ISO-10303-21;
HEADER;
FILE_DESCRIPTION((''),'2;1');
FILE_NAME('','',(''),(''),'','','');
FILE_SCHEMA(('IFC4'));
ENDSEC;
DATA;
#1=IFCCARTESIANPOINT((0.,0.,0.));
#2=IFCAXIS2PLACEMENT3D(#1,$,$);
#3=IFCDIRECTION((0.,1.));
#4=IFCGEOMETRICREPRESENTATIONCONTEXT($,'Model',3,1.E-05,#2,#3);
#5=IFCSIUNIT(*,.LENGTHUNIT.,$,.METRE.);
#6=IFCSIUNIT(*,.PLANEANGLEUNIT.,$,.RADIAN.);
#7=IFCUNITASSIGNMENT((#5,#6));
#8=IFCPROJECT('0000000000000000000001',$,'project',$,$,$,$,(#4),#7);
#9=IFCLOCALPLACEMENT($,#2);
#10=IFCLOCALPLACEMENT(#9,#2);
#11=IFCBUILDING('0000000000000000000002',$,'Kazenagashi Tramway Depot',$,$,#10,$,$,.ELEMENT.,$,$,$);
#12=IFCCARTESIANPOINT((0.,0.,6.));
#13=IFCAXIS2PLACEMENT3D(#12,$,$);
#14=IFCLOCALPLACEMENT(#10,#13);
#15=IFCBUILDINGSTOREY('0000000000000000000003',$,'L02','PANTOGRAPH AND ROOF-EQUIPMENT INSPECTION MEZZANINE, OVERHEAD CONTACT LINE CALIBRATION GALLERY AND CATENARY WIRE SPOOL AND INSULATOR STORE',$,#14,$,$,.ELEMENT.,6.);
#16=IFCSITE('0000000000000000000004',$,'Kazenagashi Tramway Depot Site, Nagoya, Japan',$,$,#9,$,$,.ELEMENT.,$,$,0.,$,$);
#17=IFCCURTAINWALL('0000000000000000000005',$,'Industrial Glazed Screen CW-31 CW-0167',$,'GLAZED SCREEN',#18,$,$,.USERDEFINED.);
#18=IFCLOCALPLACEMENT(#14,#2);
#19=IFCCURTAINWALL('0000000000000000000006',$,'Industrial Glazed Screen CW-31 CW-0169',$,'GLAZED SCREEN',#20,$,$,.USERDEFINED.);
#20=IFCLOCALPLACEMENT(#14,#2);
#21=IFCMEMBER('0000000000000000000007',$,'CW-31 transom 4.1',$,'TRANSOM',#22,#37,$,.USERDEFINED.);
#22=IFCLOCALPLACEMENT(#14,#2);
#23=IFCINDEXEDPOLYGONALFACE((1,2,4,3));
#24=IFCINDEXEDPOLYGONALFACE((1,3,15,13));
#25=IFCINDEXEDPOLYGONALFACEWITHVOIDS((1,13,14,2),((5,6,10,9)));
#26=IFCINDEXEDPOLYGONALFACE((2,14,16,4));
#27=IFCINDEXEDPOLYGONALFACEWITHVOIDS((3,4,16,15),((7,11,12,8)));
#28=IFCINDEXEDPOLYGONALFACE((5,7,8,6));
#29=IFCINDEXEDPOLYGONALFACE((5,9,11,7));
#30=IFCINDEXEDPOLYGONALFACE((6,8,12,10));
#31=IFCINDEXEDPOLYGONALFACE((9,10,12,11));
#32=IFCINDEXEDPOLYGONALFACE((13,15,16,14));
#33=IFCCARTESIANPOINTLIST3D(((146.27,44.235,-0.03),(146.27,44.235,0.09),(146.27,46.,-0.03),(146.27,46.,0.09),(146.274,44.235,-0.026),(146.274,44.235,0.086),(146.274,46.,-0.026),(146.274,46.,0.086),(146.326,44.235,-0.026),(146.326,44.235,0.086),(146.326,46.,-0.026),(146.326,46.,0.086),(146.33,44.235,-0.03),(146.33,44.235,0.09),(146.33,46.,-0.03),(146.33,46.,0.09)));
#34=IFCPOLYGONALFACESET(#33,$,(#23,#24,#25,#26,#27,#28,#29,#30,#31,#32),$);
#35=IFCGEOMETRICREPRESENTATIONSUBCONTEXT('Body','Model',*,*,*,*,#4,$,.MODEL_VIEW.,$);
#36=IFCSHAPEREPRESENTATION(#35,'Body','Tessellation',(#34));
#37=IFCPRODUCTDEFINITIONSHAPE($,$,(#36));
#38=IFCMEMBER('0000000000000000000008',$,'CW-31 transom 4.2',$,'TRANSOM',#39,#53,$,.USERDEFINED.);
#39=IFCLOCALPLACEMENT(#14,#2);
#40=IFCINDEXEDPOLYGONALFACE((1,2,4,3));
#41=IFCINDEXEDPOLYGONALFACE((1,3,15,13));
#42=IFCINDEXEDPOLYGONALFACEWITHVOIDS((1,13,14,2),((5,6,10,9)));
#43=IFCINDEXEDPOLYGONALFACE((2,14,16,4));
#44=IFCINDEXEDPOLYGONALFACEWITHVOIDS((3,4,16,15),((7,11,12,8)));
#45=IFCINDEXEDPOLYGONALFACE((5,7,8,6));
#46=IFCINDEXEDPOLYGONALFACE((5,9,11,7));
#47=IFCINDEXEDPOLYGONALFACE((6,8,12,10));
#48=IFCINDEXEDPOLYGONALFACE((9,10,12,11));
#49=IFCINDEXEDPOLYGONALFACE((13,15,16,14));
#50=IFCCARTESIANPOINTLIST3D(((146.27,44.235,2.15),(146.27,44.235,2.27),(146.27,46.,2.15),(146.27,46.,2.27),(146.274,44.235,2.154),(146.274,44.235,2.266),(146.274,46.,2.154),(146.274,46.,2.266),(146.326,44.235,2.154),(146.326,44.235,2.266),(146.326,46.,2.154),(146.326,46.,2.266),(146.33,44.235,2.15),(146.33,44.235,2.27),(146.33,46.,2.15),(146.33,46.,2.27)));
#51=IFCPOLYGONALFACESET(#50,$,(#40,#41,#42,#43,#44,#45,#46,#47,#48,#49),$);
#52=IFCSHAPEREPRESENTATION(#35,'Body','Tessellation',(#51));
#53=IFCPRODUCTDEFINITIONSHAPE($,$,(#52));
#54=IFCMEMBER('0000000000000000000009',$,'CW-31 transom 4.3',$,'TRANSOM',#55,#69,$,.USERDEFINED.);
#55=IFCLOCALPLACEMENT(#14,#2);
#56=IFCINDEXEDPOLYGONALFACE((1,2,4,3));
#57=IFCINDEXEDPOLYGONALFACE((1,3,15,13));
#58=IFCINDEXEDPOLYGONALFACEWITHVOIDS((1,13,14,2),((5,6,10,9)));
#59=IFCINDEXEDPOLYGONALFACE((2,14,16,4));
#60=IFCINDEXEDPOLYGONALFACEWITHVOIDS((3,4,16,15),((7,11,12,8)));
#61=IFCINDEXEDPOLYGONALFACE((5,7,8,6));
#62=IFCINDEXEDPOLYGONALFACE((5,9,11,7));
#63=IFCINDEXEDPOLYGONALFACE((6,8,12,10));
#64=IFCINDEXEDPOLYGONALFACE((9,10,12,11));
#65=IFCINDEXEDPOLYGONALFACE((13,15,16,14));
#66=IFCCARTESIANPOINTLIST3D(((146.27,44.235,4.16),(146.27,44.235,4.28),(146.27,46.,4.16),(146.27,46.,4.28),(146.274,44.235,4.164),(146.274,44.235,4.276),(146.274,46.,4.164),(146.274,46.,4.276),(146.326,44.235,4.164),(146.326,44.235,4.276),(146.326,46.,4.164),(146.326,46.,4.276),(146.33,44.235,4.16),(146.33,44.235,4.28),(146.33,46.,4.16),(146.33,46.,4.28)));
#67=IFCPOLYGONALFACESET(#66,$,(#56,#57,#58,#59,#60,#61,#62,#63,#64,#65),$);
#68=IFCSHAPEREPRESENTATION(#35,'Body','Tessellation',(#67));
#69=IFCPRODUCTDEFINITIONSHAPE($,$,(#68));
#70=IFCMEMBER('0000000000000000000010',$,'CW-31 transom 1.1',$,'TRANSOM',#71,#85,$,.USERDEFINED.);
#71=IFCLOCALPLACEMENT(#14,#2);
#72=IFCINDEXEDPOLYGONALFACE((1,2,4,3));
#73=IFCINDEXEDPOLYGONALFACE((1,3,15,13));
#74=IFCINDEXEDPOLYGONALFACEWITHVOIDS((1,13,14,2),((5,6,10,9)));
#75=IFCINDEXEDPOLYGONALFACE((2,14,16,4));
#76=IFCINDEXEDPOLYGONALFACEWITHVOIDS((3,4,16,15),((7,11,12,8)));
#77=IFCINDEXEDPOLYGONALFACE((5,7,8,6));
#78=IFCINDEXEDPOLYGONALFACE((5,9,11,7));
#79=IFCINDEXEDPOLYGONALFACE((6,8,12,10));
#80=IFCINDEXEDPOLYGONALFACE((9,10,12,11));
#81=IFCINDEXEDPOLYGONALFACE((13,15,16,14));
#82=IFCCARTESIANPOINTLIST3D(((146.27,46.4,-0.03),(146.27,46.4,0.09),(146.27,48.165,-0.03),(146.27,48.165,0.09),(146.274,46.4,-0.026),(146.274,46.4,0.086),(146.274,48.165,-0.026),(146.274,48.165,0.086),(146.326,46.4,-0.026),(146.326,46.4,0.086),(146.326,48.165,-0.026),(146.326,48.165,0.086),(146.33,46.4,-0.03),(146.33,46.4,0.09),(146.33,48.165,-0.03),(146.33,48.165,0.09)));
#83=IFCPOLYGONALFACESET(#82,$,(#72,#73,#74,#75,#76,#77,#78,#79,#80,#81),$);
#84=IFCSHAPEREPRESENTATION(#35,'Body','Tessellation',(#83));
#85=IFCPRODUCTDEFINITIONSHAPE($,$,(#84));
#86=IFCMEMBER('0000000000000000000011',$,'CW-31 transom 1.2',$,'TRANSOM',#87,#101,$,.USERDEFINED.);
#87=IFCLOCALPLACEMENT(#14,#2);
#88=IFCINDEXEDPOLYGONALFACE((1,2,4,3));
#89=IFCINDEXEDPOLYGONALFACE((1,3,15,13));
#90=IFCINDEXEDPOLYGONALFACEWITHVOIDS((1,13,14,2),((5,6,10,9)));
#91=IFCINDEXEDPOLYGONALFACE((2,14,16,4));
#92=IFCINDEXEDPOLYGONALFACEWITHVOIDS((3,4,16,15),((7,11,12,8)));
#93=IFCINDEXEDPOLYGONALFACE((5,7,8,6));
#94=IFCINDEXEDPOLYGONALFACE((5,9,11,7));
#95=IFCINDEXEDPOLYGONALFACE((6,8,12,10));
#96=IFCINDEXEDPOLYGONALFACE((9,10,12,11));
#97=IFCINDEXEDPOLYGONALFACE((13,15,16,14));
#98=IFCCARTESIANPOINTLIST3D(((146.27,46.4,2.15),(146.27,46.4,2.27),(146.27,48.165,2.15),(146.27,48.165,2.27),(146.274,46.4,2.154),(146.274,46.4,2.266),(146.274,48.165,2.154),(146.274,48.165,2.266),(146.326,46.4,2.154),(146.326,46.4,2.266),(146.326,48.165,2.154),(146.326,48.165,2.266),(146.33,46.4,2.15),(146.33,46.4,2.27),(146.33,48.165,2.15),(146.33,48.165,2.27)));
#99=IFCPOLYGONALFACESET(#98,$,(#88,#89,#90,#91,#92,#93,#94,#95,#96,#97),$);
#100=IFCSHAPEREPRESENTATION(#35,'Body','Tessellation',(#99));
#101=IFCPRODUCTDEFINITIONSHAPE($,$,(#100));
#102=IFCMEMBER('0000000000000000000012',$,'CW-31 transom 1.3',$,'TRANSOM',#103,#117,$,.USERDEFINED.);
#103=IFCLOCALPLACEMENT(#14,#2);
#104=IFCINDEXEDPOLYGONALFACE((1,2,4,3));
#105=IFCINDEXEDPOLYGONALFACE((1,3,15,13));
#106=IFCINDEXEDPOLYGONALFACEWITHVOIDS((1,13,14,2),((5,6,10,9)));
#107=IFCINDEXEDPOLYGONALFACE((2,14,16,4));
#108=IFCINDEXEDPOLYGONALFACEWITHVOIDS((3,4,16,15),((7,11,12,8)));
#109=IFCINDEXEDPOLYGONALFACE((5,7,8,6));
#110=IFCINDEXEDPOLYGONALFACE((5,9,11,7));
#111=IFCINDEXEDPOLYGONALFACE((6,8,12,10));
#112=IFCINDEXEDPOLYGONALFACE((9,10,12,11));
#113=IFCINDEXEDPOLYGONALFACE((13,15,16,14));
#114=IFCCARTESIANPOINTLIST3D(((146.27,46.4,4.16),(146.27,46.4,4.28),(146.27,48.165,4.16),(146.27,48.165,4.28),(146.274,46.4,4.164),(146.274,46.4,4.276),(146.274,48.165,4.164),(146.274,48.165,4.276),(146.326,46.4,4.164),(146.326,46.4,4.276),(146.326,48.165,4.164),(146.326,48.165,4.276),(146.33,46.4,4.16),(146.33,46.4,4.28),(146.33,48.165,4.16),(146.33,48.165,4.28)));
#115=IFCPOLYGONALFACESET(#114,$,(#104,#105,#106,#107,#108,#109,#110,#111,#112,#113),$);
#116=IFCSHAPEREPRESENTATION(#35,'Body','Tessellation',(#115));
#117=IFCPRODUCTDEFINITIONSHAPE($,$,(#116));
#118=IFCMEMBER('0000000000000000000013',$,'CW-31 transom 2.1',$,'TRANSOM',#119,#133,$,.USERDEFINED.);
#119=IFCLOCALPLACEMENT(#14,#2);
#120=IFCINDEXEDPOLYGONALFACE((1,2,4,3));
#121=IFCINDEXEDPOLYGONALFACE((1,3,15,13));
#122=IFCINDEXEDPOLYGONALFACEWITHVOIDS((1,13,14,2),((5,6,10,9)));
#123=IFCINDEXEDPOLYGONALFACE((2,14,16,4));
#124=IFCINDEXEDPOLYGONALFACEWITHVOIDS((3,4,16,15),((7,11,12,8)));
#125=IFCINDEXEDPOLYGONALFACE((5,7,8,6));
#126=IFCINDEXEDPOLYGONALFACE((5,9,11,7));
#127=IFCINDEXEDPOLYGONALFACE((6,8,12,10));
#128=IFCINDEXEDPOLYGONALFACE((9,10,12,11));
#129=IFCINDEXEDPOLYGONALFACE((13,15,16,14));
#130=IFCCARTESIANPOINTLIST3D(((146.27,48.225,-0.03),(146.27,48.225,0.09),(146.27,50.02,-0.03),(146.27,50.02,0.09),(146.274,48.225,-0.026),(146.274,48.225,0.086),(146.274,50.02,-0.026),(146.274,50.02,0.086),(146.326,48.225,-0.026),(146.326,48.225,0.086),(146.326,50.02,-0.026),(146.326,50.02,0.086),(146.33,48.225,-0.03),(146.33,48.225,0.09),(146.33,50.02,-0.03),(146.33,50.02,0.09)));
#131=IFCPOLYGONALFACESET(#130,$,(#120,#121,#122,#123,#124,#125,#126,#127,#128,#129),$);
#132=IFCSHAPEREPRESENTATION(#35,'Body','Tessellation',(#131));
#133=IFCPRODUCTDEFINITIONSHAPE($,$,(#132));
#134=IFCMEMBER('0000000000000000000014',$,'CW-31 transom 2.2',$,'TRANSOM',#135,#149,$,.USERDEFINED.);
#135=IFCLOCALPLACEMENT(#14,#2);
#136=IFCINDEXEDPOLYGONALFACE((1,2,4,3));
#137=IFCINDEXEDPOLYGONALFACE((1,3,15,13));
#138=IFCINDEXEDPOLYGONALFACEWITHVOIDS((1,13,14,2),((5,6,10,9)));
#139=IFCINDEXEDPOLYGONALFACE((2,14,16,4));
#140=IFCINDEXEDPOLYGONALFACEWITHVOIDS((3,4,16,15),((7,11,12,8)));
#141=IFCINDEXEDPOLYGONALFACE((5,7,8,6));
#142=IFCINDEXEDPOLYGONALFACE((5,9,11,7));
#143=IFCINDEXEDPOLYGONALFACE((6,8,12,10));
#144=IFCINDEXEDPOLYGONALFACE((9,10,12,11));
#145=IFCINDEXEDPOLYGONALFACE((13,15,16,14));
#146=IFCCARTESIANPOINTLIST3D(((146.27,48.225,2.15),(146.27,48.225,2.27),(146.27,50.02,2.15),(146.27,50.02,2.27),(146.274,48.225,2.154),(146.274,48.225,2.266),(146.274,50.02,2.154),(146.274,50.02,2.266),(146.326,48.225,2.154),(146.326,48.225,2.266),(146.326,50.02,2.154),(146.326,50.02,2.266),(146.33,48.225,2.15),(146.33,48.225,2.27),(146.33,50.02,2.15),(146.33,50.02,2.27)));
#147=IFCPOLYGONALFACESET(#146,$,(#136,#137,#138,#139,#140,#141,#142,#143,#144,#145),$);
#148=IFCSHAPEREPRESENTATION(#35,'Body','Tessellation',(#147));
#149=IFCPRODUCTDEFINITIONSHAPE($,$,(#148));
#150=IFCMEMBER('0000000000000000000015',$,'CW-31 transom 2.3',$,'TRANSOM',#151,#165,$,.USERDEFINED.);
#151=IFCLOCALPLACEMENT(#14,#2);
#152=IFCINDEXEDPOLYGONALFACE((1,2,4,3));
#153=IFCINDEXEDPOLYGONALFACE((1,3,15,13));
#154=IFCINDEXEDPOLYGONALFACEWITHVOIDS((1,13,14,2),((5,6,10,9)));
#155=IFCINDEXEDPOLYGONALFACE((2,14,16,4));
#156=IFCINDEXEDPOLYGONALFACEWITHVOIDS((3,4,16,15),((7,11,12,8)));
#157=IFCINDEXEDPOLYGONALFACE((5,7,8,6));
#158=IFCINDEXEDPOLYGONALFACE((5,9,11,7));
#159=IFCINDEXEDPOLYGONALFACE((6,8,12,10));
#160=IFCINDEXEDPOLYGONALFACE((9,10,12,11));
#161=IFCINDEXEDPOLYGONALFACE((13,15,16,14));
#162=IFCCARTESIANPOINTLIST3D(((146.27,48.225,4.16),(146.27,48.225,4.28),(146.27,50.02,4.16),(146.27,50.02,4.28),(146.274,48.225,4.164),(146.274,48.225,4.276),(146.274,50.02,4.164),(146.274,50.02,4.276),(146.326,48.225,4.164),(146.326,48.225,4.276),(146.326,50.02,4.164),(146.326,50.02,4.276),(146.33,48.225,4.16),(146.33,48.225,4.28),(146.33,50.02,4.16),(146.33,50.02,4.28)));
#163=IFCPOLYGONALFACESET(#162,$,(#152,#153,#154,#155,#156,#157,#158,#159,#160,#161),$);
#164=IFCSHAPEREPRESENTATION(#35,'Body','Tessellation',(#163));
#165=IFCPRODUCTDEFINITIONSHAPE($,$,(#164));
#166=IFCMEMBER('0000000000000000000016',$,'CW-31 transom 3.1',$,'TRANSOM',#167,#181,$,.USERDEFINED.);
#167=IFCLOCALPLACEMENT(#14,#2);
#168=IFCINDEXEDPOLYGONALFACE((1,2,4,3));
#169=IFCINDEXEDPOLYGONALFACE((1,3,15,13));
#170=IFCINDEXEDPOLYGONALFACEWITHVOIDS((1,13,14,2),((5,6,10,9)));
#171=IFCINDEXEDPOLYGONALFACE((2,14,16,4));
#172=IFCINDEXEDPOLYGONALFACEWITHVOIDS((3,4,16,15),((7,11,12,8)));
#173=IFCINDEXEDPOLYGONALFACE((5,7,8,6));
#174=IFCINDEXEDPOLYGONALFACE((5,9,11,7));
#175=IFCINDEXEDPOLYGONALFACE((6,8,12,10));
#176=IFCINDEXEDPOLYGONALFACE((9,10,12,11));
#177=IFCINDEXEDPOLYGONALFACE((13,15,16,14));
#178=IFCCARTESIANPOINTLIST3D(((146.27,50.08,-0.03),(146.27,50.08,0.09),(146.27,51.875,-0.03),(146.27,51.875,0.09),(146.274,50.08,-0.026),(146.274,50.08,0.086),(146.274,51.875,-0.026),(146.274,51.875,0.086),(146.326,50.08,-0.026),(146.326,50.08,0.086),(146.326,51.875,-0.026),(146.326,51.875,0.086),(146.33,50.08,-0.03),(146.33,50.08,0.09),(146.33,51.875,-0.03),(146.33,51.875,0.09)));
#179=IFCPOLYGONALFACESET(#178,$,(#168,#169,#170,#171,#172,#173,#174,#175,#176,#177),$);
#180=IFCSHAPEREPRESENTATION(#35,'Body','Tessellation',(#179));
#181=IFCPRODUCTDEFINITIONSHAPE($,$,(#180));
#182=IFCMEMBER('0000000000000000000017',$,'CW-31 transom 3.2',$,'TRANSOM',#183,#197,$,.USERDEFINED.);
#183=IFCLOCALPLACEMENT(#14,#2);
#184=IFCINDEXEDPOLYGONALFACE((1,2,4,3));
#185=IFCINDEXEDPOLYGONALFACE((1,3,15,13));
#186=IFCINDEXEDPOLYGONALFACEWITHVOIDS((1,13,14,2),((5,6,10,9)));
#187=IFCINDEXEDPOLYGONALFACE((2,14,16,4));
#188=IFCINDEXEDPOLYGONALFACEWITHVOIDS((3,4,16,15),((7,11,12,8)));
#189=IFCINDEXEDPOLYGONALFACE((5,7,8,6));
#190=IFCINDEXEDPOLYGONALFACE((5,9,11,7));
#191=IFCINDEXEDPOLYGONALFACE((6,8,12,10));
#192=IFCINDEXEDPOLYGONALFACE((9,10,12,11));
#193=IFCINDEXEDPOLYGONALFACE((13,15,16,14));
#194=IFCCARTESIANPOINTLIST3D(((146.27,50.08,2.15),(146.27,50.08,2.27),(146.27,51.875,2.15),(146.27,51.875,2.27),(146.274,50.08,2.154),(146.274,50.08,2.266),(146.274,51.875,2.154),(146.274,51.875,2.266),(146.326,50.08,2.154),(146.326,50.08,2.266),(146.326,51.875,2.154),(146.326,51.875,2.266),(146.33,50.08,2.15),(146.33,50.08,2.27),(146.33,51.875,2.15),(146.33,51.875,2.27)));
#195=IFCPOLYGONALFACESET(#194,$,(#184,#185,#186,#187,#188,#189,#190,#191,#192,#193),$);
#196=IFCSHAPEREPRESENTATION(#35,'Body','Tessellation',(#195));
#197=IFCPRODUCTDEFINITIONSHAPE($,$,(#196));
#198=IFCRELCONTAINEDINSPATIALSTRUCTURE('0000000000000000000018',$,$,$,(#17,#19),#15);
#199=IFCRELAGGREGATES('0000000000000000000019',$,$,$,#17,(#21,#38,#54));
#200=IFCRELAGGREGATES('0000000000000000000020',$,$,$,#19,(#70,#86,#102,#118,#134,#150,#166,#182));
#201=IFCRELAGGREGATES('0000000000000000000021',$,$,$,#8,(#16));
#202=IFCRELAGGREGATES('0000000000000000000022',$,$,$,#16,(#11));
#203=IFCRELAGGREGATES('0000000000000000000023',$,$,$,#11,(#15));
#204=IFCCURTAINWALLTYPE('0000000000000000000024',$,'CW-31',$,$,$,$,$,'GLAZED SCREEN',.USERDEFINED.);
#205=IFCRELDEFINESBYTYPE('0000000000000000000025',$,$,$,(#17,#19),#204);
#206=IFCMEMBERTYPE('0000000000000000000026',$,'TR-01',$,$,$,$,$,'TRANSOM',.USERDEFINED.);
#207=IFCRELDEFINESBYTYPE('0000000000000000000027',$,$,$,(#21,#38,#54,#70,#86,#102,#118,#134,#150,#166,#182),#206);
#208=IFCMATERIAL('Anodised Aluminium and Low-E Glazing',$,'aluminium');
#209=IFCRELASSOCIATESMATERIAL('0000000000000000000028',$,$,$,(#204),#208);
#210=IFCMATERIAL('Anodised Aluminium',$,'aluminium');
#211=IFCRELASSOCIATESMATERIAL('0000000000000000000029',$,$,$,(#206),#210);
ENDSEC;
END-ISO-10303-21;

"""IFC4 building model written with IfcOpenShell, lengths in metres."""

from ifc_helpers import new_model, si_unit, direction, frame, origin, origin_2d, place, context, subcontext, project, spatial, hollow_rectangle, extrude, material, material_profile, profile_set, type_object, element, aggregate, save


model = new_model("IFC4")

# Units and contexts
model_context = context("Model", 3, precision=1e-05, world=origin(), true_north=direction((0.0, 1.0)))
body_context = subcontext(model_context, "Body", "Model", "MODEL_VIEW")
ifc_project = project(units=[si_unit("LENGTHUNIT", "METRE"), si_unit("PLANEANGLEUNIT", "RADIAN")], contexts=[model_context])

# Site, building, storey
site_placement = place(None, origin())
site = spatial("IfcSite", under=ifc_project, at=site_placement, Name="Kazenagashi Tramway Depot Site, Nagoya, Japan", CompositionType="ELEMENT", RefElevation=0.0)
building_placement = place(site_placement, origin())
building = spatial("IfcBuilding", under=site, at=building_placement, Name="Kazenagashi Tramway Depot", CompositionType="ELEMENT")
storey_placement = place(building_placement, frame((0.0, 0.0, 6.0)))
storey = spatial("IfcBuildingStorey", under=building, at=storey_placement, Name="L02", Description="PANTOGRAPH AND ROOF-EQUIPMENT INSPECTION MEZZANINE, OVERHEAD CONTACT LINE CALIBRATION GALLERY AND CATENARY WIRE SPOOL AND INSULATOR STORE", CompositionType="ELEMENT", Elevation=6.0)

# Curtain wall
ifc_material_1 = material(Name="Anodised Aluminium and Low-E Glazing", Category="aluminium")
curtain_wall_type = type_object("IfcCurtainWallType", Name="CW-31", ElementType="GLAZED SCREEN", PredefinedType="USERDEFINED", material=ifc_material_1)
curtain_wall_1_placement = place(storey_placement, origin())
curtain_wall_1 = element("IfcCurtainWall", 1, at=curtain_wall_1_placement, inside=storey, type_object=curtain_wall_type, Name="Industrial Glazed Screen CW-31 CW-0167", ObjectType="GLAZED SCREEN", PredefinedType="USERDEFINED")
ifc_material_2 = material(Name="Anodised Aluminium", Category="aluminium")

# Curtain wall
curtain_wall_2_placement = place(storey_placement, origin())
curtain_wall_2 = element("IfcCurtainWall", 2, at=curtain_wall_2_placement, inside=storey, type_object=curtain_wall_type, Name="Industrial Glazed Screen CW-31 CW-0169", ObjectType="GLAZED SCREEN", PredefinedType="USERDEFINED")

# Members
ifc_material_profile_1 = material_profile(ifc_material_2, hollow_rectangle(XDim=0.06, YDim=0.12, WallThickness=0.004, at=origin_2d()), Name="RHS-120x60x4")
ifc_profile_set_1 = profile_set([ifc_material_profile_1], Name="Anodised Aluminium")
member_type_1 = type_object("IfcMemberType", Name="TR-01", ElementType="TRANSOM", PredefinedType="USERDEFINED", material=ifc_profile_set_1)
member_1_placement = place(storey_placement, frame((146.3, 44.235, 0.03), z_axis=(0.0, 1.0, 0.0), x_axis=(-1.0, 0.0, 0.0)))
member_1 = element("IfcMember", 3, at=member_1_placement, type_object=member_type_1, Name="CW-31 transom 4.1", ObjectType="TRANSOM", PredefinedType="USERDEFINED", context=body_context, shape_type="SweptSolid", body=[
    extrude(hollow_rectangle(XDim=0.06, YDim=0.12, WallThickness=0.004, at=origin_2d()), origin(), (0.0, 0.0, 1.0), 1.765),
])
member_2_placement = place(storey_placement, frame((146.3, 44.235, 2.21), z_axis=(0.0, 1.0, 0.0), x_axis=(-1.0, 0.0, 0.0)))
member_2 = element("IfcMember", 4, at=member_2_placement, type_object=member_type_1, Name="CW-31 transom 4.2", ObjectType="TRANSOM", PredefinedType="USERDEFINED", context=body_context, shape_type="SweptSolid", body=[
    extrude(hollow_rectangle(XDim=0.06, YDim=0.12, WallThickness=0.004, at=origin_2d()), origin(), (0.0, 0.0, 1.0), 1.765),
])
member_3_placement = place(storey_placement, frame((146.3, 44.235, 4.22), z_axis=(0.0, 1.0, 0.0), x_axis=(-1.0, 0.0, 0.0)))
member_3 = element("IfcMember", 5, at=member_3_placement, type_object=member_type_1, Name="CW-31 transom 4.3", ObjectType="TRANSOM", PredefinedType="USERDEFINED", context=body_context, shape_type="SweptSolid", body=[
    extrude(hollow_rectangle(XDim=0.06, YDim=0.12, WallThickness=0.004, at=origin_2d()), origin(), (0.0, 0.0, 1.0), 1.765),
])
member_4_placement = place(storey_placement, frame((146.3, 46.4, 0.03), z_axis=(0.0, 1.0, 0.0), x_axis=(-1.0, 0.0, 0.0)))
member_4 = element("IfcMember", 6, at=member_4_placement, type_object=member_type_1, Name="CW-31 transom 1.1", ObjectType="TRANSOM", PredefinedType="USERDEFINED", context=body_context, shape_type="SweptSolid", body=[
    extrude(hollow_rectangle(XDim=0.06, YDim=0.12, WallThickness=0.004, at=origin_2d()), origin(), (0.0, 0.0, 1.0), 1.765),
])
member_5_placement = place(storey_placement, frame((146.3, 46.4, 2.21), z_axis=(0.0, 1.0, 0.0), x_axis=(-1.0, 0.0, 0.0)))
member_5 = element("IfcMember", 7, at=member_5_placement, type_object=member_type_1, Name="CW-31 transom 1.2", ObjectType="TRANSOM", PredefinedType="USERDEFINED", context=body_context, shape_type="SweptSolid", body=[
    extrude(hollow_rectangle(XDim=0.06, YDim=0.12, WallThickness=0.004, at=origin_2d()), origin(), (0.0, 0.0, 1.0), 1.765),
])
member_6_placement = place(storey_placement, frame((146.3, 46.4, 4.22), z_axis=(0.0, 1.0, 0.0), x_axis=(-1.0, 0.0, 0.0)))
member_6 = element("IfcMember", 8, at=member_6_placement, type_object=member_type_1, Name="CW-31 transom 1.3", ObjectType="TRANSOM", PredefinedType="USERDEFINED", context=body_context, shape_type="SweptSolid", body=[
    extrude(hollow_rectangle(XDim=0.06, YDim=0.12, WallThickness=0.004, at=origin_2d()), origin(), (0.0, 0.0, 1.0), 1.765),
])
member_7_placement = place(storey_placement, frame((146.3, 48.225, 0.03), z_axis=(0.0, 1.0, 0.0), x_axis=(-1.0, 0.0, 0.0)))
member_7 = element("IfcMember", 9, at=member_7_placement, type_object=member_type_1, Name="CW-31 transom 2.1", ObjectType="TRANSOM", PredefinedType="USERDEFINED", context=body_context, shape_type="SweptSolid", body=[
    extrude(hollow_rectangle(XDim=0.06, YDim=0.12, WallThickness=0.004, at=origin_2d()), origin(), (0.0, 0.0, 1.0), 1.795),
])
member_8_placement = place(storey_placement, frame((146.3, 48.225, 2.21), z_axis=(0.0, 1.0, 0.0), x_axis=(-1.0, 0.0, 0.0)))
member_8 = element("IfcMember", 10, at=member_8_placement, type_object=member_type_1, Name="CW-31 transom 2.2", ObjectType="TRANSOM", PredefinedType="USERDEFINED", context=body_context, shape_type="SweptSolid", body=[
    extrude(hollow_rectangle(XDim=0.06, YDim=0.12, WallThickness=0.004, at=origin_2d()), origin(), (0.0, 0.0, 1.0), 1.795),
])
member_9_placement = place(storey_placement, frame((146.3, 48.225, 4.22), z_axis=(0.0, 1.0, 0.0), x_axis=(-1.0, 0.0, 0.0)))
member_9 = element("IfcMember", 11, at=member_9_placement, type_object=member_type_1, Name="CW-31 transom 2.3", ObjectType="TRANSOM", PredefinedType="USERDEFINED", context=body_context, shape_type="SweptSolid", body=[
    extrude(hollow_rectangle(XDim=0.06, YDim=0.12, WallThickness=0.004, at=origin_2d()), origin(), (0.0, 0.0, 1.0), 1.795),
])
member_10_placement = place(storey_placement, frame((146.3, 50.08, 0.03), z_axis=(0.0, 1.0, 0.0), x_axis=(-1.0, 0.0, 0.0)))
member_10 = element("IfcMember", 12, at=member_10_placement, type_object=member_type_1, Name="CW-31 transom 3.1", ObjectType="TRANSOM", PredefinedType="USERDEFINED", context=body_context, shape_type="SweptSolid", body=[
    extrude(hollow_rectangle(XDim=0.06, YDim=0.12, WallThickness=0.004, at=origin_2d()), origin(), (0.0, 0.0, 1.0), 1.795),
])
member_11_placement = place(storey_placement, frame((146.3, 50.08, 2.21), z_axis=(0.0, 1.0, 0.0), x_axis=(-1.0, 0.0, 0.0)))
member_11 = element("IfcMember", 13, at=member_11_placement, type_object=member_type_1, Name="CW-31 transom 3.2", ObjectType="TRANSOM", PredefinedType="USERDEFINED", context=body_context, shape_type="SweptSolid", body=[
    extrude(hollow_rectangle(XDim=0.06, YDim=0.12, WallThickness=0.004, at=origin_2d()), origin(), (0.0, 0.0, 1.0), 1.795),
])

aggregate(curtain_wall_1, [member_1, member_2, member_3])
aggregate(curtain_wall_2, [member_4, member_5, member_6, member_7, member_8, member_9, member_10, member_11])

save(model, "model.ifc")
